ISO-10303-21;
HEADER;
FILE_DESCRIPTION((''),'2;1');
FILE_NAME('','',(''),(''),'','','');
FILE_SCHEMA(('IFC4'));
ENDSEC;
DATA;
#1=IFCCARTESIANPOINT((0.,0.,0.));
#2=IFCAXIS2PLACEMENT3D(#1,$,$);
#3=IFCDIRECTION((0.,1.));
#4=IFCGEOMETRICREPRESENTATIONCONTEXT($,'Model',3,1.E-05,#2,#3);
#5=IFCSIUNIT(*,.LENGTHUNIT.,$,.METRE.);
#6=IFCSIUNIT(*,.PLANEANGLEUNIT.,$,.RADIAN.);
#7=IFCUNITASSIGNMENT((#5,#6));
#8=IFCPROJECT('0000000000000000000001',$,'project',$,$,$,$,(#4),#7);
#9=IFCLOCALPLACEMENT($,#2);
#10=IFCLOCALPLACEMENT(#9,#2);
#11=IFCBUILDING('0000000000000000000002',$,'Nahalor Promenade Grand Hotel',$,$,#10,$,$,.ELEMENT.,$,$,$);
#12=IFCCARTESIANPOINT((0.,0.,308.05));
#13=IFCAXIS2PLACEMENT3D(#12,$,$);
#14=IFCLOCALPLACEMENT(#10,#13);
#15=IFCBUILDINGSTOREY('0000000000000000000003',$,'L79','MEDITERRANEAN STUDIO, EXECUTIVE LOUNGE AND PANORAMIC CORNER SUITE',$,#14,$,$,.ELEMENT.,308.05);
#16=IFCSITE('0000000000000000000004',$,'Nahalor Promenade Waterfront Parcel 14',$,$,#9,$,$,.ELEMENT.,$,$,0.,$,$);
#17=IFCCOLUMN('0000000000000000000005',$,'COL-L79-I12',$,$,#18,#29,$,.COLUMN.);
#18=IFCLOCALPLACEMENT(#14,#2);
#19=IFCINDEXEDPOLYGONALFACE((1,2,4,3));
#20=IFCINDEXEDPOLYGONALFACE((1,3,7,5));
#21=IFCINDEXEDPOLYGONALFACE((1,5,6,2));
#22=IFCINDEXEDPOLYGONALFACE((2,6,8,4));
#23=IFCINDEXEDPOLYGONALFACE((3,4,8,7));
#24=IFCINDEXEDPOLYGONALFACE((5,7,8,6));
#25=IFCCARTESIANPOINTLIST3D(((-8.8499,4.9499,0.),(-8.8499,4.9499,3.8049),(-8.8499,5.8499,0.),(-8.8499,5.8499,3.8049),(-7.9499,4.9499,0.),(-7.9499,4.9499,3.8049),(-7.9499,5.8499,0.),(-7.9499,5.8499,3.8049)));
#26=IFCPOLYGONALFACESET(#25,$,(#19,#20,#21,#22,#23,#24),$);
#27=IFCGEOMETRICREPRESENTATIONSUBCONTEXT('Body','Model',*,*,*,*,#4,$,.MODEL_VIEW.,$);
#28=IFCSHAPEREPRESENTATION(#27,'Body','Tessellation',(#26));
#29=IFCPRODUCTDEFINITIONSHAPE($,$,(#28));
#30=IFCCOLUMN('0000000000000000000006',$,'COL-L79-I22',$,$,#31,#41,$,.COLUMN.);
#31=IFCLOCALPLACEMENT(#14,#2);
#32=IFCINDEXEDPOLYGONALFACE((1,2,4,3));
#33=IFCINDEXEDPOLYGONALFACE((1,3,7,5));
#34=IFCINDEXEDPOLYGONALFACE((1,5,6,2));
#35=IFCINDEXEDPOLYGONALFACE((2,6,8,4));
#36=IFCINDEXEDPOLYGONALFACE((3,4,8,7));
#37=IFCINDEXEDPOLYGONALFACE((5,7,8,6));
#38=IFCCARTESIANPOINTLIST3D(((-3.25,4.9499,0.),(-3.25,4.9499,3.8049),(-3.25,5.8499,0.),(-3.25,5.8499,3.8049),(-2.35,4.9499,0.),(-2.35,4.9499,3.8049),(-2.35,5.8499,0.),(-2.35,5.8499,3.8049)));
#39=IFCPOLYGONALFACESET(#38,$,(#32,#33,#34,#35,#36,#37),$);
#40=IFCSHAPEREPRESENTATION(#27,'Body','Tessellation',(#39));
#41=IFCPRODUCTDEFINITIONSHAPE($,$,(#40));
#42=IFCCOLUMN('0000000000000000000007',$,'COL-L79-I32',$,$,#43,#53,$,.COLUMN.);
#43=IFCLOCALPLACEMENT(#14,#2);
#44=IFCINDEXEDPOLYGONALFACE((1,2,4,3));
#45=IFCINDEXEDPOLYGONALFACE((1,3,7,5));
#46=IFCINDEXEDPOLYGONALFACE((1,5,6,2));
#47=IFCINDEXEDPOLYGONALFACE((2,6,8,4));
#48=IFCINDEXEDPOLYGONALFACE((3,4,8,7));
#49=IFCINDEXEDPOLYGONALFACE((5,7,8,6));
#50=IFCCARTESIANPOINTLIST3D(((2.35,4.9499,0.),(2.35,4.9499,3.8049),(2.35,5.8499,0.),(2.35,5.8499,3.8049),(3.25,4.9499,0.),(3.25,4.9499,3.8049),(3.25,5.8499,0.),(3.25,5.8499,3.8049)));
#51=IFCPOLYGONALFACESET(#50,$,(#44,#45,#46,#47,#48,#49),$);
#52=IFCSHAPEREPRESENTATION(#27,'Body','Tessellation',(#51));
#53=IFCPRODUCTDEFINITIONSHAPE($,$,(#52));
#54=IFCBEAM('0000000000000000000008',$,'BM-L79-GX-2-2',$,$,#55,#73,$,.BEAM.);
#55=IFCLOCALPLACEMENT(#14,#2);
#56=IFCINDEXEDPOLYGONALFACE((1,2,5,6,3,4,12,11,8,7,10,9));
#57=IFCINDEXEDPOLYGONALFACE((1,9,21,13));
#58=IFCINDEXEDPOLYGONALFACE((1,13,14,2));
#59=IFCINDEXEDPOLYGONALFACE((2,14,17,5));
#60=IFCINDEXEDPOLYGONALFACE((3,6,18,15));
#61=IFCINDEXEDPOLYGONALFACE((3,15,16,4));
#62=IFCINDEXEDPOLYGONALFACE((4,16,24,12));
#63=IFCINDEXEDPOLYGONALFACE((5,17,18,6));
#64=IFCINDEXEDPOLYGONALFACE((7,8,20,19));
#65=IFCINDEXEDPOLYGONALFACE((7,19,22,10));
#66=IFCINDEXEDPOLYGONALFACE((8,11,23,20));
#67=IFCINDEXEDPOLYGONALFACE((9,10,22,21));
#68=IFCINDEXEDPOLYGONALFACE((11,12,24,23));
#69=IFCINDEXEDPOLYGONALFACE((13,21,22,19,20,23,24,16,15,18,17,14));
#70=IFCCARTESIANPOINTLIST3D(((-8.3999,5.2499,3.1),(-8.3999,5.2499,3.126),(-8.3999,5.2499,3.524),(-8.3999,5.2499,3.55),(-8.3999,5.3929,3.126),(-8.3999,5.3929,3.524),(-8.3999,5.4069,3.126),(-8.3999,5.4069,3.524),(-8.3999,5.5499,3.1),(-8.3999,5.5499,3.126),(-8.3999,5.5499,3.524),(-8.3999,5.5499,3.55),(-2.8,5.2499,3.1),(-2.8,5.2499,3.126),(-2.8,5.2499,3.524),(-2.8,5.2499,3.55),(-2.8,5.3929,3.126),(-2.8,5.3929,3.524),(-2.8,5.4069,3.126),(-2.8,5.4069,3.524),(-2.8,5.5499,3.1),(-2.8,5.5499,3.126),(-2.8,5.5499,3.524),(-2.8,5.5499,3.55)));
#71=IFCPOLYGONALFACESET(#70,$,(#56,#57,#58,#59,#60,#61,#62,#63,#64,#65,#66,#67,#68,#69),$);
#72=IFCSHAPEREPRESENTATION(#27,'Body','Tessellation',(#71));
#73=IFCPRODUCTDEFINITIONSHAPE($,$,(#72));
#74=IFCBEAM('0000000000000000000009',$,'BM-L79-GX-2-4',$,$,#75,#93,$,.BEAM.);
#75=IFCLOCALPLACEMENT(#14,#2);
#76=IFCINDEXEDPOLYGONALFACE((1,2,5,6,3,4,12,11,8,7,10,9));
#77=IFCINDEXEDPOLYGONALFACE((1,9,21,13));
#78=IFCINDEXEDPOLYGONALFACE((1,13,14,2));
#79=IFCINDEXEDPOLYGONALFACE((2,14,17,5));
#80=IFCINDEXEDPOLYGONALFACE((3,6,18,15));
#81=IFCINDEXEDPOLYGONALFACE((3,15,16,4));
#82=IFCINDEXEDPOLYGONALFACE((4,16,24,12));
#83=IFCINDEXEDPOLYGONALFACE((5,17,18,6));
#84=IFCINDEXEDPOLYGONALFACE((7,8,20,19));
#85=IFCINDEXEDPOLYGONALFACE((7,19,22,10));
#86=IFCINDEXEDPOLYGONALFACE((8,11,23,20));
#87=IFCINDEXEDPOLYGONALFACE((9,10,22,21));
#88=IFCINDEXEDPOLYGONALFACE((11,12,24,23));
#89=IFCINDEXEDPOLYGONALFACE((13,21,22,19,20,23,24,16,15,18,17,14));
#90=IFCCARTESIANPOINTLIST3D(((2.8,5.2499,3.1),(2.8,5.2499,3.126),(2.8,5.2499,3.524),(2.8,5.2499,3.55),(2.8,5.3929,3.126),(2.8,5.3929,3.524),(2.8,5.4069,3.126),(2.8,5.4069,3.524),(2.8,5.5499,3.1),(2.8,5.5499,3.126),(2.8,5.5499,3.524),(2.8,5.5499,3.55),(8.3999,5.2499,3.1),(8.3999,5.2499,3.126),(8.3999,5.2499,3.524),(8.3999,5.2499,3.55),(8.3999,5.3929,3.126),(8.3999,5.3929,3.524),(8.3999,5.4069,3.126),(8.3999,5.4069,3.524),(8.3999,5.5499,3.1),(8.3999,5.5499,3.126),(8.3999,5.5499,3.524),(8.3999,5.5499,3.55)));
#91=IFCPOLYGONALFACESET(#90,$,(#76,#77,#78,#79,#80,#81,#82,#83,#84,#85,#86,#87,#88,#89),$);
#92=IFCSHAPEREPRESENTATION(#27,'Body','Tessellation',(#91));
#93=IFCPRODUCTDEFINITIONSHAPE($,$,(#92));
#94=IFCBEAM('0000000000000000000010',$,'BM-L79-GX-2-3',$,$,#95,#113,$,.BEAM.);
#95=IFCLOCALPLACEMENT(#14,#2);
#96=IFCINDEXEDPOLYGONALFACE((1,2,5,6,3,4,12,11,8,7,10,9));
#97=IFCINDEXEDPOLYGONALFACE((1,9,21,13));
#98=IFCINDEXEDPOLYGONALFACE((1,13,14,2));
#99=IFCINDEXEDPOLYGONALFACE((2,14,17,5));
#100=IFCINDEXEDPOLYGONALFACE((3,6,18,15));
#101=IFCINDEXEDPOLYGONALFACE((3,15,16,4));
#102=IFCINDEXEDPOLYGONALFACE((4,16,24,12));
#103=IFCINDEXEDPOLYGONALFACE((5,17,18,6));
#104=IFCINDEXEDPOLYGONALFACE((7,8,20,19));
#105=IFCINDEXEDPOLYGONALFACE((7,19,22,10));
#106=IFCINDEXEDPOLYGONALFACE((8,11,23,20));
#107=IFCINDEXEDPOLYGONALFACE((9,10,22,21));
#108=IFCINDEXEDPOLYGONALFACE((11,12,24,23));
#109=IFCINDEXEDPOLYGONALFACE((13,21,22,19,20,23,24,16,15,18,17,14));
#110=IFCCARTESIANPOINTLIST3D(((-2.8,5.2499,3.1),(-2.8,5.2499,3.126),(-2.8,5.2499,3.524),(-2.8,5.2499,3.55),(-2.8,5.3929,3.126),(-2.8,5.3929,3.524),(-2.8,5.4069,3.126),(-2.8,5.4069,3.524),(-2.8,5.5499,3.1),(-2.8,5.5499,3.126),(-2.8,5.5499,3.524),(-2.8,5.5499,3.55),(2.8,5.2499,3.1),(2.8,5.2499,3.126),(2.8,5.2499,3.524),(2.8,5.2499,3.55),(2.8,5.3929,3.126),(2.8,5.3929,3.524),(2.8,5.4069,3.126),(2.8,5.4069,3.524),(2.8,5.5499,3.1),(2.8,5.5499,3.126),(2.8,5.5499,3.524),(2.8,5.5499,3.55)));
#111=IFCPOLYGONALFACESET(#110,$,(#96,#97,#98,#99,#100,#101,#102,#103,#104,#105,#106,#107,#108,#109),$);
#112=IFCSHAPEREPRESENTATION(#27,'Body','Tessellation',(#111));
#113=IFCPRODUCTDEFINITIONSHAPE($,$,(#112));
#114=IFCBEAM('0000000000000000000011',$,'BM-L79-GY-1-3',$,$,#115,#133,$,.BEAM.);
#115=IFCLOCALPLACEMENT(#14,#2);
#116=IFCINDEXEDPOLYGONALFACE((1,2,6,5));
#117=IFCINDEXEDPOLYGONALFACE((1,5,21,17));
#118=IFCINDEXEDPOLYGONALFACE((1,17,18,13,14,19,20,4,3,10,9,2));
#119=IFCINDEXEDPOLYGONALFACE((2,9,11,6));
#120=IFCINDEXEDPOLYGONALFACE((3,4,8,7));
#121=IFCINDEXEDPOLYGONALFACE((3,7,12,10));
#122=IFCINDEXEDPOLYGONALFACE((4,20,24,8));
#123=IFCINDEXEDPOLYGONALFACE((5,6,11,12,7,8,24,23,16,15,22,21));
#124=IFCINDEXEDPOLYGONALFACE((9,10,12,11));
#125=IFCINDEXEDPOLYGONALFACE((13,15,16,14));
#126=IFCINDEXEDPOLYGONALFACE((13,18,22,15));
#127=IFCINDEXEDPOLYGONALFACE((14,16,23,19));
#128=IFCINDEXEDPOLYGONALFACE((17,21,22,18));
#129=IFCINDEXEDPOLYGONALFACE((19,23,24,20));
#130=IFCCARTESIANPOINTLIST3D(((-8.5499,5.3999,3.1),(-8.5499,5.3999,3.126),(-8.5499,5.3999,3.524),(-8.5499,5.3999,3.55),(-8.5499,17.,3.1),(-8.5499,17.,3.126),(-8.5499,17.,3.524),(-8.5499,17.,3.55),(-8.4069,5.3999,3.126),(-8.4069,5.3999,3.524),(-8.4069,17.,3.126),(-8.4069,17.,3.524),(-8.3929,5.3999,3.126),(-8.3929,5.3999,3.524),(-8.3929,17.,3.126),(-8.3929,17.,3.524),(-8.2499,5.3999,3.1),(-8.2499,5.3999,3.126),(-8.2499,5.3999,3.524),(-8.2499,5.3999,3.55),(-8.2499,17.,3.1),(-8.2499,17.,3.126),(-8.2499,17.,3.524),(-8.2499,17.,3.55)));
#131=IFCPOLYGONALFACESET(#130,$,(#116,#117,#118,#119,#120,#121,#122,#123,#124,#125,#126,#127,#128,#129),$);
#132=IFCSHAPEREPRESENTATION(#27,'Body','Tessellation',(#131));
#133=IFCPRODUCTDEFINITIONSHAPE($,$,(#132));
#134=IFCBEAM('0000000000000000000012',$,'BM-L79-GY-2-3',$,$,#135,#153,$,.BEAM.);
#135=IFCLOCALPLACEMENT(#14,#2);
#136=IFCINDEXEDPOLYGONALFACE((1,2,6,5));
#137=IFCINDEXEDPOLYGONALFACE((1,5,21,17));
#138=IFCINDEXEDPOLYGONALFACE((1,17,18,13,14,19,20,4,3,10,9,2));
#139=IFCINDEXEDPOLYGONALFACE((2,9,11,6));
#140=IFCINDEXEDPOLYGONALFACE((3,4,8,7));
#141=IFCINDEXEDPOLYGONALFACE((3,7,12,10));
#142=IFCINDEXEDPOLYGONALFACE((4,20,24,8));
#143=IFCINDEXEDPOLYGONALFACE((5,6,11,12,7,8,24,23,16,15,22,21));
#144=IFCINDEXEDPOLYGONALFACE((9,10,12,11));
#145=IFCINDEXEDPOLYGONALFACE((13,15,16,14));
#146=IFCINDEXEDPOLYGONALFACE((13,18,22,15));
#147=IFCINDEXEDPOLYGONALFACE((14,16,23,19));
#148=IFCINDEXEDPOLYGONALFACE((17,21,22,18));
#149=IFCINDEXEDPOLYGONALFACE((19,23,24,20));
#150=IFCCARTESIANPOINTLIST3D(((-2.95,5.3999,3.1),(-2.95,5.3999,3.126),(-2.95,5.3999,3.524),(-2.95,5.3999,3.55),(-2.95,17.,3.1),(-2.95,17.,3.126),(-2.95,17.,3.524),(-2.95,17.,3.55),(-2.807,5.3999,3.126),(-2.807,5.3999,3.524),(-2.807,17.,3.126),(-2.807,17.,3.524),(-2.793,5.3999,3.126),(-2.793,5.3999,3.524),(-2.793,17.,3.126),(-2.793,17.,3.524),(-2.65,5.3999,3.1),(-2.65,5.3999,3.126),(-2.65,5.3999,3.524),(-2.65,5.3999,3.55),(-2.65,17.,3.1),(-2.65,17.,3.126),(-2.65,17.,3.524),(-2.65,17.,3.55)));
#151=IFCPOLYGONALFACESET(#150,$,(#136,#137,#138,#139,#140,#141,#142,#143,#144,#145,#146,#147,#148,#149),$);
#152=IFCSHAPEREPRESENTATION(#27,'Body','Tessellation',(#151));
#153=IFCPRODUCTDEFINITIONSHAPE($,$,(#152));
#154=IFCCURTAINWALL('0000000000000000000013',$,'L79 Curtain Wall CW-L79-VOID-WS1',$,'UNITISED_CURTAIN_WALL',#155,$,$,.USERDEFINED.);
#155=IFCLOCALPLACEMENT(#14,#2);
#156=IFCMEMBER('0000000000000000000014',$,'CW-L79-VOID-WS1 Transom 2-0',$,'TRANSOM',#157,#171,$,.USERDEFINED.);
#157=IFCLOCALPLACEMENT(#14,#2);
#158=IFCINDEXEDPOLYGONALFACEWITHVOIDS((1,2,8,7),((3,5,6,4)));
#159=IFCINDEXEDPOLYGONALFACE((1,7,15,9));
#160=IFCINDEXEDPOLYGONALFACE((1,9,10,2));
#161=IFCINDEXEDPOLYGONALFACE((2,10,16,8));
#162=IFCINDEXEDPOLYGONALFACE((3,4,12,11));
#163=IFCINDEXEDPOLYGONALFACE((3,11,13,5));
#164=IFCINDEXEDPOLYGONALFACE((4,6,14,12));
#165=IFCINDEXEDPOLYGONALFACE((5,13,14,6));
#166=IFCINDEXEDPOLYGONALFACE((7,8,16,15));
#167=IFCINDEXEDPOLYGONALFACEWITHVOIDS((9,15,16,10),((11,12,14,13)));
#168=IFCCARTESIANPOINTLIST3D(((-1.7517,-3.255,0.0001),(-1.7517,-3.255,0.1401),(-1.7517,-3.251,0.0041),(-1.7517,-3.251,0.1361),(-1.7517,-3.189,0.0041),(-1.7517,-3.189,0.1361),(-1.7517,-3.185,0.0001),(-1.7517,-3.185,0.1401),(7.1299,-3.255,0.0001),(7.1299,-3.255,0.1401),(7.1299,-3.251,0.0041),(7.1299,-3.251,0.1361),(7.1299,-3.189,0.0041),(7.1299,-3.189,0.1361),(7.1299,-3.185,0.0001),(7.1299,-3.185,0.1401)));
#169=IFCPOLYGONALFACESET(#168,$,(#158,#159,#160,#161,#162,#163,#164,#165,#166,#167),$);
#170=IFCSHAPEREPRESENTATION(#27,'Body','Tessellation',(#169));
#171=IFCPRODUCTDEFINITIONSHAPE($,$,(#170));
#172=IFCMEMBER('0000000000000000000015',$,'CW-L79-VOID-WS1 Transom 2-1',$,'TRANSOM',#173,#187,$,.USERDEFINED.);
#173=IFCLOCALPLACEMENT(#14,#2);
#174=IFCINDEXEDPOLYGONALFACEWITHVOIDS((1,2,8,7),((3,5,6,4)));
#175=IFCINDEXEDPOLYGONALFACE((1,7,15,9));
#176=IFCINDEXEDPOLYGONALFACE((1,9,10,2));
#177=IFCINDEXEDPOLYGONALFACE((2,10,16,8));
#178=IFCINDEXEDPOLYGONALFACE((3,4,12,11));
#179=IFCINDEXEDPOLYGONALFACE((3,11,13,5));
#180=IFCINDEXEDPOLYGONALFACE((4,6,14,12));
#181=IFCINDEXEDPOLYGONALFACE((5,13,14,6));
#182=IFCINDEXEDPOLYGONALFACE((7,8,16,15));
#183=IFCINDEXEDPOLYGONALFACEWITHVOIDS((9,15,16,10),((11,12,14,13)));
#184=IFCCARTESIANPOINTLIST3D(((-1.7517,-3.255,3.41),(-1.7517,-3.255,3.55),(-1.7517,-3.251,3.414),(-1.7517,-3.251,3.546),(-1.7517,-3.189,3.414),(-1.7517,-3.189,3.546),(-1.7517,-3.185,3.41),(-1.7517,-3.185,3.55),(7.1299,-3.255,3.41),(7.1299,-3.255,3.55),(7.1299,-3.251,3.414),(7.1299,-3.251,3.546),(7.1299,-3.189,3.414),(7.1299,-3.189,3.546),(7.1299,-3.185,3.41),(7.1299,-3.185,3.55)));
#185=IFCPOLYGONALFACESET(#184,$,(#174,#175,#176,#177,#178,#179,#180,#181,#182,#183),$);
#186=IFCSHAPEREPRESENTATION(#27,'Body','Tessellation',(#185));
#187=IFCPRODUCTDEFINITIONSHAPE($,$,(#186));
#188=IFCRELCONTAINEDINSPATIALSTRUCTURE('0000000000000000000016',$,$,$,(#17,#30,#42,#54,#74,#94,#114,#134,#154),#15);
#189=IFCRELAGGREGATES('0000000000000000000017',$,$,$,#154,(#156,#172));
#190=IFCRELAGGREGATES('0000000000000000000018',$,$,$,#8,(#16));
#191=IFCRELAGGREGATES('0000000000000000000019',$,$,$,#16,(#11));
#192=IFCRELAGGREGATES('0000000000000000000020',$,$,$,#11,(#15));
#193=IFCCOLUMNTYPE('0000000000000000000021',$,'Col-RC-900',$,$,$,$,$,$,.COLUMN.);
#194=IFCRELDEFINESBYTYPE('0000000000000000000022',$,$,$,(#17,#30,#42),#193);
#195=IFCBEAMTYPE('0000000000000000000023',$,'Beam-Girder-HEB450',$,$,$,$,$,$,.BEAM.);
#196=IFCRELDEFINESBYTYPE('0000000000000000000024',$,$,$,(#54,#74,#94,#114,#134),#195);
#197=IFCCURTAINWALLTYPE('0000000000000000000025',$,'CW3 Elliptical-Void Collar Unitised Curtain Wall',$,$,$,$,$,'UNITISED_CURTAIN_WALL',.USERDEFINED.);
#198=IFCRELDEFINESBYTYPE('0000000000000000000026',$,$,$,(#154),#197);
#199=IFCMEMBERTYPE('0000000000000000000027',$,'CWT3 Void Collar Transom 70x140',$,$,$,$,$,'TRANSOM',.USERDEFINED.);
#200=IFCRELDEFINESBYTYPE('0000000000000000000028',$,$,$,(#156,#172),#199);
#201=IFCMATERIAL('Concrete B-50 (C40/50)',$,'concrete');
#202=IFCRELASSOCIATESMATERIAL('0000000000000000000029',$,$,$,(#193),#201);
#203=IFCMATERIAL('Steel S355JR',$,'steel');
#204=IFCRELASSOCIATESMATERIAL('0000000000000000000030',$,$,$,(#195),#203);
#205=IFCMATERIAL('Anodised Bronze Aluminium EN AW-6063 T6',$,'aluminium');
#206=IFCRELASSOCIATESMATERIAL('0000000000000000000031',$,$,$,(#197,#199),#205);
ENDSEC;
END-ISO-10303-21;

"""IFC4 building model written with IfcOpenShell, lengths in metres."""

from ifc_helpers import new_model, si_unit, direction, frame, origin, origin_2d, place, context, subcontext, project, spatial, rectangle, hollow_rectangle, i_section, extrude, source, transform, mapped, material, material_profile, profile_set, type_object, element, aggregate, save


model = new_model("IFC4")

# Units and contexts
model_context = context("Model", 3, precision=1e-05, world=origin(), true_north=direction((0.0, 1.0)))
body_context = subcontext(model_context, "Body", "Model", "MODEL_VIEW")
ifc_project = project(units=[si_unit("LENGTHUNIT", "METRE"), si_unit("PLANEANGLEUNIT", "RADIAN")], contexts=[model_context])

# Site, building, storey
site_placement = place(None, origin())
site = spatial("IfcSite", under=ifc_project, at=site_placement, Name="Nahalor Promenade Waterfront Parcel 14", CompositionType="ELEMENT", RefElevation=0.0)
building_placement = place(site_placement, origin())
building = spatial("IfcBuilding", under=site, at=building_placement, Name="Nahalor Promenade Grand Hotel", CompositionType="ELEMENT")
storey_placement = place(building_placement, frame((0.0, 0.0, 308.05)))
storey = spatial("IfcBuildingStorey", under=building, at=storey_placement, Name="L79", Description="MEDITERRANEAN STUDIO, EXECUTIVE LOUNGE AND PANORAMIC CORNER SUITE", CompositionType="ELEMENT", Elevation=308.05)

# Columns
ifc_material_1 = material(Name="Concrete B-50 (C40/50)", Category="concrete")
ifc_material_profile_1 = material_profile(ifc_material_1, rectangle(XDim=0.9, YDim=0.9, at=origin_2d()), Name="RC 900x900")
ifc_profile_set_1 = profile_set([ifc_material_profile_1], Name="Concrete B-50 (C40/50)")
column_type = type_object("IfcColumnType", Name="Col-RC-900", PredefinedType="COLUMN", material=ifc_profile_set_1)
shared_shape_1 = source(origin(), body_context, "Body", "SweptSolid", [
    extrude(rectangle(XDim=0.9, YDim=0.9, at=origin_2d()), origin(), (0.0, 0.0, 1.0), 3.8049),
])
for number, where, z_axis, x_axis, name in (
    (1, (-8.3999, 5.3999, 0.0), (0.0, 0.0, 1.0), (1.0, 0.0, 0.0), "COL-L79-I12"),
    (2, (-2.8, 5.3999, 0.0), (0.0, 0.0, 1.0), (1.0, 0.0, 0.0), "COL-L79-I22"),
    (3, (2.8, 5.3999, 0.0), (0.0, 0.0, 1.0), (1.0, 0.0, 0.0), "COL-L79-I32"),
):
    element("IfcColumn", number, at=place(storey_placement, frame(where, z_axis=z_axis, x_axis=x_axis)), inside=storey, type_object=column_type, Name=name, PredefinedType="COLUMN", context=body_context, shape_type="MappedRepresentation", body=[
        mapped(shared_shape_1, transform((0.0, 0.0, 0.0), scale=1.0)),
    ])

# Beams
ifc_material_2 = material(Name="Steel S355JR", Category="steel")
ifc_material_profile_2 = material_profile(ifc_material_2, i_section(OverallWidth=0.3, OverallDepth=0.45, WebThickness=0.014, FlangeThickness=0.026, at=origin_2d()), Name="HEB 450")
ifc_profile_set_2 = profile_set([ifc_material_profile_2], Name="Steel S355JR")
beam_type = type_object("IfcBeamType", Name="Beam-Girder-HEB450", PredefinedType="BEAM", material=ifc_profile_set_2)
shared_shape_2 = source(origin(), body_context, "Body", "SweptSolid", [
    extrude(i_section(OverallWidth=0.3, OverallDepth=0.45, WebThickness=0.014, FlangeThickness=0.026, at=origin_2d()), origin(), (0.0, 0.0, 1.0), 5.5999),
])
for number, where, z_axis, x_axis, name in (
    (4, (-8.3999, 5.3999, 3.325), (1.0, 0.0, 0.0), (0.0, 1.0, 0.0), "BM-L79-GX-2-2"),
    (5, (2.8, 5.3999, 3.325), (1.0, 0.0, 0.0), (0.0, 1.0, 0.0), "BM-L79-GX-2-4"),
):
    element("IfcBeam", number, at=place(storey_placement, frame(where, z_axis=z_axis, x_axis=x_axis)), inside=storey, type_object=beam_type, Name=name, PredefinedType="BEAM", context=body_context, shape_type="MappedRepresentation", body=[
        mapped(shared_shape_2, transform((0.0, 0.0, 0.0), scale=1.0)),
    ])
shared_shape_3 = source(origin(), body_context, "Body", "SweptSolid", [
    extrude(i_section(OverallWidth=0.3, OverallDepth=0.45, WebThickness=0.014, FlangeThickness=0.026, at=origin_2d()), origin(), (0.0, 0.0, 1.0), 5.6001),
])
beam_placement = place(storey_placement, frame((-2.8, 5.3999, 3.325), z_axis=(1.0, 0.0, 0.0), x_axis=(0.0, 1.0, 0.0)))
element("IfcBeam", 6, at=beam_placement, inside=storey, type_object=beam_type, Name="BM-L79-GX-2-3", PredefinedType="BEAM", context=body_context, shape_type="MappedRepresentation", body=[
    mapped(shared_shape_3, transform((0.0, 0.0, 0.0), scale=1.0)),
])
shared_shape_4 = source(origin(), body_context, "Body", "SweptSolid", [
    extrude(i_section(OverallWidth=0.3, OverallDepth=0.45, WebThickness=0.014, FlangeThickness=0.026, at=origin_2d()), origin(), (0.0, 0.0, 1.0), 11.6001),
])
for number, where, z_axis, x_axis, name in (
    (7, (-8.3999, 5.3999, 3.325), (0.0, 1.0, 0.0), (-1.0, 0.0, 0.0), "BM-L79-GY-1-3"),
    (8, (-2.8, 5.3999, 3.325), (0.0, 1.0, 0.0), (-1.0, 0.0, 0.0), "BM-L79-GY-2-3"),
):
    element("IfcBeam", number, at=place(storey_placement, frame(where, z_axis=z_axis, x_axis=x_axis)), inside=storey, type_object=beam_type, Name=name, PredefinedType="BEAM", context=body_context, shape_type="MappedRepresentation", body=[
        mapped(shared_shape_4, transform((0.0, 0.0, 0.0), scale=1.0)),
    ])

# Curtain wall, members
ifc_material_3 = material(Name="Anodised Bronze Aluminium EN AW-6063 T6", Category="aluminium")
curtain_wall_type = type_object("IfcCurtainWallType", Name="CW3 Elliptical-Void Collar Unitised Curtain Wall", ElementType="UNITISED_CURTAIN_WALL", PredefinedType="USERDEFINED", material=ifc_material_3)
curtain_wall_1_placement = place(storey_placement, origin())
curtain_wall_1 = element("IfcCurtainWall", 9, at=curtain_wall_1_placement, inside=storey, type_object=curtain_wall_type, Name="L79 Curtain Wall CW-L79-VOID-WS1", ObjectType="UNITISED_CURTAIN_WALL", PredefinedType="USERDEFINED")
ifc_material_profile_3 = material_profile(ifc_material_3, hollow_rectangle(XDim=0.07, YDim=0.14, WallThickness=0.004, at=origin_2d()), Name="CWT 70x140x4")
ifc_profile_set_3 = profile_set([ifc_material_profile_3], Name="Anodised Bronze Aluminium EN AW-6063 T6")
member_type_1 = type_object("IfcMemberType", Name="CWT3 Void Collar Transom 70x140", ElementType="TRANSOM", PredefinedType="USERDEFINED", material=ifc_profile_set_3)
shared_shape_5 = source(origin(), body_context, "Body", "SweptSolid", [
    extrude(hollow_rectangle(XDim=0.07, YDim=0.14, WallThickness=0.004, at=origin_2d()), origin(), (0.0, 0.0, 1.0), 8.8816),
])
member_1_placement = place(storey_placement, frame((-1.7517, -3.22, 0.0701), z_axis=(1.0, 0.0, 0.0), x_axis=(0.0, 1.0, 0.0)))
member_1 = element("IfcMember", 10, at=member_1_placement, type_object=member_type_1, Name="CW-L79-VOID-WS1 Transom 2-0", ObjectType="TRANSOM", PredefinedType="USERDEFINED", context=body_context, shape_type="MappedRepresentation", body=[
    mapped(shared_shape_5, transform((0.0, 0.0, 0.0), scale=1.0)),
])
member_2_placement = place(storey_placement, frame((-1.7517, -3.22, 3.48), z_axis=(1.0, 0.0, 0.0), x_axis=(0.0, 1.0, 0.0)))
member_2 = element("IfcMember", 11, at=member_2_placement, type_object=member_type_1, Name="CW-L79-VOID-WS1 Transom 2-1", ObjectType="TRANSOM", PredefinedType="USERDEFINED", context=body_context, shape_type="MappedRepresentation", body=[
    mapped(shared_shape_5, transform((0.0, 0.0, 0.0), scale=1.0)),
])

aggregate(curtain_wall_1, [member_1, member_2])

save(model, "model.ifc")
